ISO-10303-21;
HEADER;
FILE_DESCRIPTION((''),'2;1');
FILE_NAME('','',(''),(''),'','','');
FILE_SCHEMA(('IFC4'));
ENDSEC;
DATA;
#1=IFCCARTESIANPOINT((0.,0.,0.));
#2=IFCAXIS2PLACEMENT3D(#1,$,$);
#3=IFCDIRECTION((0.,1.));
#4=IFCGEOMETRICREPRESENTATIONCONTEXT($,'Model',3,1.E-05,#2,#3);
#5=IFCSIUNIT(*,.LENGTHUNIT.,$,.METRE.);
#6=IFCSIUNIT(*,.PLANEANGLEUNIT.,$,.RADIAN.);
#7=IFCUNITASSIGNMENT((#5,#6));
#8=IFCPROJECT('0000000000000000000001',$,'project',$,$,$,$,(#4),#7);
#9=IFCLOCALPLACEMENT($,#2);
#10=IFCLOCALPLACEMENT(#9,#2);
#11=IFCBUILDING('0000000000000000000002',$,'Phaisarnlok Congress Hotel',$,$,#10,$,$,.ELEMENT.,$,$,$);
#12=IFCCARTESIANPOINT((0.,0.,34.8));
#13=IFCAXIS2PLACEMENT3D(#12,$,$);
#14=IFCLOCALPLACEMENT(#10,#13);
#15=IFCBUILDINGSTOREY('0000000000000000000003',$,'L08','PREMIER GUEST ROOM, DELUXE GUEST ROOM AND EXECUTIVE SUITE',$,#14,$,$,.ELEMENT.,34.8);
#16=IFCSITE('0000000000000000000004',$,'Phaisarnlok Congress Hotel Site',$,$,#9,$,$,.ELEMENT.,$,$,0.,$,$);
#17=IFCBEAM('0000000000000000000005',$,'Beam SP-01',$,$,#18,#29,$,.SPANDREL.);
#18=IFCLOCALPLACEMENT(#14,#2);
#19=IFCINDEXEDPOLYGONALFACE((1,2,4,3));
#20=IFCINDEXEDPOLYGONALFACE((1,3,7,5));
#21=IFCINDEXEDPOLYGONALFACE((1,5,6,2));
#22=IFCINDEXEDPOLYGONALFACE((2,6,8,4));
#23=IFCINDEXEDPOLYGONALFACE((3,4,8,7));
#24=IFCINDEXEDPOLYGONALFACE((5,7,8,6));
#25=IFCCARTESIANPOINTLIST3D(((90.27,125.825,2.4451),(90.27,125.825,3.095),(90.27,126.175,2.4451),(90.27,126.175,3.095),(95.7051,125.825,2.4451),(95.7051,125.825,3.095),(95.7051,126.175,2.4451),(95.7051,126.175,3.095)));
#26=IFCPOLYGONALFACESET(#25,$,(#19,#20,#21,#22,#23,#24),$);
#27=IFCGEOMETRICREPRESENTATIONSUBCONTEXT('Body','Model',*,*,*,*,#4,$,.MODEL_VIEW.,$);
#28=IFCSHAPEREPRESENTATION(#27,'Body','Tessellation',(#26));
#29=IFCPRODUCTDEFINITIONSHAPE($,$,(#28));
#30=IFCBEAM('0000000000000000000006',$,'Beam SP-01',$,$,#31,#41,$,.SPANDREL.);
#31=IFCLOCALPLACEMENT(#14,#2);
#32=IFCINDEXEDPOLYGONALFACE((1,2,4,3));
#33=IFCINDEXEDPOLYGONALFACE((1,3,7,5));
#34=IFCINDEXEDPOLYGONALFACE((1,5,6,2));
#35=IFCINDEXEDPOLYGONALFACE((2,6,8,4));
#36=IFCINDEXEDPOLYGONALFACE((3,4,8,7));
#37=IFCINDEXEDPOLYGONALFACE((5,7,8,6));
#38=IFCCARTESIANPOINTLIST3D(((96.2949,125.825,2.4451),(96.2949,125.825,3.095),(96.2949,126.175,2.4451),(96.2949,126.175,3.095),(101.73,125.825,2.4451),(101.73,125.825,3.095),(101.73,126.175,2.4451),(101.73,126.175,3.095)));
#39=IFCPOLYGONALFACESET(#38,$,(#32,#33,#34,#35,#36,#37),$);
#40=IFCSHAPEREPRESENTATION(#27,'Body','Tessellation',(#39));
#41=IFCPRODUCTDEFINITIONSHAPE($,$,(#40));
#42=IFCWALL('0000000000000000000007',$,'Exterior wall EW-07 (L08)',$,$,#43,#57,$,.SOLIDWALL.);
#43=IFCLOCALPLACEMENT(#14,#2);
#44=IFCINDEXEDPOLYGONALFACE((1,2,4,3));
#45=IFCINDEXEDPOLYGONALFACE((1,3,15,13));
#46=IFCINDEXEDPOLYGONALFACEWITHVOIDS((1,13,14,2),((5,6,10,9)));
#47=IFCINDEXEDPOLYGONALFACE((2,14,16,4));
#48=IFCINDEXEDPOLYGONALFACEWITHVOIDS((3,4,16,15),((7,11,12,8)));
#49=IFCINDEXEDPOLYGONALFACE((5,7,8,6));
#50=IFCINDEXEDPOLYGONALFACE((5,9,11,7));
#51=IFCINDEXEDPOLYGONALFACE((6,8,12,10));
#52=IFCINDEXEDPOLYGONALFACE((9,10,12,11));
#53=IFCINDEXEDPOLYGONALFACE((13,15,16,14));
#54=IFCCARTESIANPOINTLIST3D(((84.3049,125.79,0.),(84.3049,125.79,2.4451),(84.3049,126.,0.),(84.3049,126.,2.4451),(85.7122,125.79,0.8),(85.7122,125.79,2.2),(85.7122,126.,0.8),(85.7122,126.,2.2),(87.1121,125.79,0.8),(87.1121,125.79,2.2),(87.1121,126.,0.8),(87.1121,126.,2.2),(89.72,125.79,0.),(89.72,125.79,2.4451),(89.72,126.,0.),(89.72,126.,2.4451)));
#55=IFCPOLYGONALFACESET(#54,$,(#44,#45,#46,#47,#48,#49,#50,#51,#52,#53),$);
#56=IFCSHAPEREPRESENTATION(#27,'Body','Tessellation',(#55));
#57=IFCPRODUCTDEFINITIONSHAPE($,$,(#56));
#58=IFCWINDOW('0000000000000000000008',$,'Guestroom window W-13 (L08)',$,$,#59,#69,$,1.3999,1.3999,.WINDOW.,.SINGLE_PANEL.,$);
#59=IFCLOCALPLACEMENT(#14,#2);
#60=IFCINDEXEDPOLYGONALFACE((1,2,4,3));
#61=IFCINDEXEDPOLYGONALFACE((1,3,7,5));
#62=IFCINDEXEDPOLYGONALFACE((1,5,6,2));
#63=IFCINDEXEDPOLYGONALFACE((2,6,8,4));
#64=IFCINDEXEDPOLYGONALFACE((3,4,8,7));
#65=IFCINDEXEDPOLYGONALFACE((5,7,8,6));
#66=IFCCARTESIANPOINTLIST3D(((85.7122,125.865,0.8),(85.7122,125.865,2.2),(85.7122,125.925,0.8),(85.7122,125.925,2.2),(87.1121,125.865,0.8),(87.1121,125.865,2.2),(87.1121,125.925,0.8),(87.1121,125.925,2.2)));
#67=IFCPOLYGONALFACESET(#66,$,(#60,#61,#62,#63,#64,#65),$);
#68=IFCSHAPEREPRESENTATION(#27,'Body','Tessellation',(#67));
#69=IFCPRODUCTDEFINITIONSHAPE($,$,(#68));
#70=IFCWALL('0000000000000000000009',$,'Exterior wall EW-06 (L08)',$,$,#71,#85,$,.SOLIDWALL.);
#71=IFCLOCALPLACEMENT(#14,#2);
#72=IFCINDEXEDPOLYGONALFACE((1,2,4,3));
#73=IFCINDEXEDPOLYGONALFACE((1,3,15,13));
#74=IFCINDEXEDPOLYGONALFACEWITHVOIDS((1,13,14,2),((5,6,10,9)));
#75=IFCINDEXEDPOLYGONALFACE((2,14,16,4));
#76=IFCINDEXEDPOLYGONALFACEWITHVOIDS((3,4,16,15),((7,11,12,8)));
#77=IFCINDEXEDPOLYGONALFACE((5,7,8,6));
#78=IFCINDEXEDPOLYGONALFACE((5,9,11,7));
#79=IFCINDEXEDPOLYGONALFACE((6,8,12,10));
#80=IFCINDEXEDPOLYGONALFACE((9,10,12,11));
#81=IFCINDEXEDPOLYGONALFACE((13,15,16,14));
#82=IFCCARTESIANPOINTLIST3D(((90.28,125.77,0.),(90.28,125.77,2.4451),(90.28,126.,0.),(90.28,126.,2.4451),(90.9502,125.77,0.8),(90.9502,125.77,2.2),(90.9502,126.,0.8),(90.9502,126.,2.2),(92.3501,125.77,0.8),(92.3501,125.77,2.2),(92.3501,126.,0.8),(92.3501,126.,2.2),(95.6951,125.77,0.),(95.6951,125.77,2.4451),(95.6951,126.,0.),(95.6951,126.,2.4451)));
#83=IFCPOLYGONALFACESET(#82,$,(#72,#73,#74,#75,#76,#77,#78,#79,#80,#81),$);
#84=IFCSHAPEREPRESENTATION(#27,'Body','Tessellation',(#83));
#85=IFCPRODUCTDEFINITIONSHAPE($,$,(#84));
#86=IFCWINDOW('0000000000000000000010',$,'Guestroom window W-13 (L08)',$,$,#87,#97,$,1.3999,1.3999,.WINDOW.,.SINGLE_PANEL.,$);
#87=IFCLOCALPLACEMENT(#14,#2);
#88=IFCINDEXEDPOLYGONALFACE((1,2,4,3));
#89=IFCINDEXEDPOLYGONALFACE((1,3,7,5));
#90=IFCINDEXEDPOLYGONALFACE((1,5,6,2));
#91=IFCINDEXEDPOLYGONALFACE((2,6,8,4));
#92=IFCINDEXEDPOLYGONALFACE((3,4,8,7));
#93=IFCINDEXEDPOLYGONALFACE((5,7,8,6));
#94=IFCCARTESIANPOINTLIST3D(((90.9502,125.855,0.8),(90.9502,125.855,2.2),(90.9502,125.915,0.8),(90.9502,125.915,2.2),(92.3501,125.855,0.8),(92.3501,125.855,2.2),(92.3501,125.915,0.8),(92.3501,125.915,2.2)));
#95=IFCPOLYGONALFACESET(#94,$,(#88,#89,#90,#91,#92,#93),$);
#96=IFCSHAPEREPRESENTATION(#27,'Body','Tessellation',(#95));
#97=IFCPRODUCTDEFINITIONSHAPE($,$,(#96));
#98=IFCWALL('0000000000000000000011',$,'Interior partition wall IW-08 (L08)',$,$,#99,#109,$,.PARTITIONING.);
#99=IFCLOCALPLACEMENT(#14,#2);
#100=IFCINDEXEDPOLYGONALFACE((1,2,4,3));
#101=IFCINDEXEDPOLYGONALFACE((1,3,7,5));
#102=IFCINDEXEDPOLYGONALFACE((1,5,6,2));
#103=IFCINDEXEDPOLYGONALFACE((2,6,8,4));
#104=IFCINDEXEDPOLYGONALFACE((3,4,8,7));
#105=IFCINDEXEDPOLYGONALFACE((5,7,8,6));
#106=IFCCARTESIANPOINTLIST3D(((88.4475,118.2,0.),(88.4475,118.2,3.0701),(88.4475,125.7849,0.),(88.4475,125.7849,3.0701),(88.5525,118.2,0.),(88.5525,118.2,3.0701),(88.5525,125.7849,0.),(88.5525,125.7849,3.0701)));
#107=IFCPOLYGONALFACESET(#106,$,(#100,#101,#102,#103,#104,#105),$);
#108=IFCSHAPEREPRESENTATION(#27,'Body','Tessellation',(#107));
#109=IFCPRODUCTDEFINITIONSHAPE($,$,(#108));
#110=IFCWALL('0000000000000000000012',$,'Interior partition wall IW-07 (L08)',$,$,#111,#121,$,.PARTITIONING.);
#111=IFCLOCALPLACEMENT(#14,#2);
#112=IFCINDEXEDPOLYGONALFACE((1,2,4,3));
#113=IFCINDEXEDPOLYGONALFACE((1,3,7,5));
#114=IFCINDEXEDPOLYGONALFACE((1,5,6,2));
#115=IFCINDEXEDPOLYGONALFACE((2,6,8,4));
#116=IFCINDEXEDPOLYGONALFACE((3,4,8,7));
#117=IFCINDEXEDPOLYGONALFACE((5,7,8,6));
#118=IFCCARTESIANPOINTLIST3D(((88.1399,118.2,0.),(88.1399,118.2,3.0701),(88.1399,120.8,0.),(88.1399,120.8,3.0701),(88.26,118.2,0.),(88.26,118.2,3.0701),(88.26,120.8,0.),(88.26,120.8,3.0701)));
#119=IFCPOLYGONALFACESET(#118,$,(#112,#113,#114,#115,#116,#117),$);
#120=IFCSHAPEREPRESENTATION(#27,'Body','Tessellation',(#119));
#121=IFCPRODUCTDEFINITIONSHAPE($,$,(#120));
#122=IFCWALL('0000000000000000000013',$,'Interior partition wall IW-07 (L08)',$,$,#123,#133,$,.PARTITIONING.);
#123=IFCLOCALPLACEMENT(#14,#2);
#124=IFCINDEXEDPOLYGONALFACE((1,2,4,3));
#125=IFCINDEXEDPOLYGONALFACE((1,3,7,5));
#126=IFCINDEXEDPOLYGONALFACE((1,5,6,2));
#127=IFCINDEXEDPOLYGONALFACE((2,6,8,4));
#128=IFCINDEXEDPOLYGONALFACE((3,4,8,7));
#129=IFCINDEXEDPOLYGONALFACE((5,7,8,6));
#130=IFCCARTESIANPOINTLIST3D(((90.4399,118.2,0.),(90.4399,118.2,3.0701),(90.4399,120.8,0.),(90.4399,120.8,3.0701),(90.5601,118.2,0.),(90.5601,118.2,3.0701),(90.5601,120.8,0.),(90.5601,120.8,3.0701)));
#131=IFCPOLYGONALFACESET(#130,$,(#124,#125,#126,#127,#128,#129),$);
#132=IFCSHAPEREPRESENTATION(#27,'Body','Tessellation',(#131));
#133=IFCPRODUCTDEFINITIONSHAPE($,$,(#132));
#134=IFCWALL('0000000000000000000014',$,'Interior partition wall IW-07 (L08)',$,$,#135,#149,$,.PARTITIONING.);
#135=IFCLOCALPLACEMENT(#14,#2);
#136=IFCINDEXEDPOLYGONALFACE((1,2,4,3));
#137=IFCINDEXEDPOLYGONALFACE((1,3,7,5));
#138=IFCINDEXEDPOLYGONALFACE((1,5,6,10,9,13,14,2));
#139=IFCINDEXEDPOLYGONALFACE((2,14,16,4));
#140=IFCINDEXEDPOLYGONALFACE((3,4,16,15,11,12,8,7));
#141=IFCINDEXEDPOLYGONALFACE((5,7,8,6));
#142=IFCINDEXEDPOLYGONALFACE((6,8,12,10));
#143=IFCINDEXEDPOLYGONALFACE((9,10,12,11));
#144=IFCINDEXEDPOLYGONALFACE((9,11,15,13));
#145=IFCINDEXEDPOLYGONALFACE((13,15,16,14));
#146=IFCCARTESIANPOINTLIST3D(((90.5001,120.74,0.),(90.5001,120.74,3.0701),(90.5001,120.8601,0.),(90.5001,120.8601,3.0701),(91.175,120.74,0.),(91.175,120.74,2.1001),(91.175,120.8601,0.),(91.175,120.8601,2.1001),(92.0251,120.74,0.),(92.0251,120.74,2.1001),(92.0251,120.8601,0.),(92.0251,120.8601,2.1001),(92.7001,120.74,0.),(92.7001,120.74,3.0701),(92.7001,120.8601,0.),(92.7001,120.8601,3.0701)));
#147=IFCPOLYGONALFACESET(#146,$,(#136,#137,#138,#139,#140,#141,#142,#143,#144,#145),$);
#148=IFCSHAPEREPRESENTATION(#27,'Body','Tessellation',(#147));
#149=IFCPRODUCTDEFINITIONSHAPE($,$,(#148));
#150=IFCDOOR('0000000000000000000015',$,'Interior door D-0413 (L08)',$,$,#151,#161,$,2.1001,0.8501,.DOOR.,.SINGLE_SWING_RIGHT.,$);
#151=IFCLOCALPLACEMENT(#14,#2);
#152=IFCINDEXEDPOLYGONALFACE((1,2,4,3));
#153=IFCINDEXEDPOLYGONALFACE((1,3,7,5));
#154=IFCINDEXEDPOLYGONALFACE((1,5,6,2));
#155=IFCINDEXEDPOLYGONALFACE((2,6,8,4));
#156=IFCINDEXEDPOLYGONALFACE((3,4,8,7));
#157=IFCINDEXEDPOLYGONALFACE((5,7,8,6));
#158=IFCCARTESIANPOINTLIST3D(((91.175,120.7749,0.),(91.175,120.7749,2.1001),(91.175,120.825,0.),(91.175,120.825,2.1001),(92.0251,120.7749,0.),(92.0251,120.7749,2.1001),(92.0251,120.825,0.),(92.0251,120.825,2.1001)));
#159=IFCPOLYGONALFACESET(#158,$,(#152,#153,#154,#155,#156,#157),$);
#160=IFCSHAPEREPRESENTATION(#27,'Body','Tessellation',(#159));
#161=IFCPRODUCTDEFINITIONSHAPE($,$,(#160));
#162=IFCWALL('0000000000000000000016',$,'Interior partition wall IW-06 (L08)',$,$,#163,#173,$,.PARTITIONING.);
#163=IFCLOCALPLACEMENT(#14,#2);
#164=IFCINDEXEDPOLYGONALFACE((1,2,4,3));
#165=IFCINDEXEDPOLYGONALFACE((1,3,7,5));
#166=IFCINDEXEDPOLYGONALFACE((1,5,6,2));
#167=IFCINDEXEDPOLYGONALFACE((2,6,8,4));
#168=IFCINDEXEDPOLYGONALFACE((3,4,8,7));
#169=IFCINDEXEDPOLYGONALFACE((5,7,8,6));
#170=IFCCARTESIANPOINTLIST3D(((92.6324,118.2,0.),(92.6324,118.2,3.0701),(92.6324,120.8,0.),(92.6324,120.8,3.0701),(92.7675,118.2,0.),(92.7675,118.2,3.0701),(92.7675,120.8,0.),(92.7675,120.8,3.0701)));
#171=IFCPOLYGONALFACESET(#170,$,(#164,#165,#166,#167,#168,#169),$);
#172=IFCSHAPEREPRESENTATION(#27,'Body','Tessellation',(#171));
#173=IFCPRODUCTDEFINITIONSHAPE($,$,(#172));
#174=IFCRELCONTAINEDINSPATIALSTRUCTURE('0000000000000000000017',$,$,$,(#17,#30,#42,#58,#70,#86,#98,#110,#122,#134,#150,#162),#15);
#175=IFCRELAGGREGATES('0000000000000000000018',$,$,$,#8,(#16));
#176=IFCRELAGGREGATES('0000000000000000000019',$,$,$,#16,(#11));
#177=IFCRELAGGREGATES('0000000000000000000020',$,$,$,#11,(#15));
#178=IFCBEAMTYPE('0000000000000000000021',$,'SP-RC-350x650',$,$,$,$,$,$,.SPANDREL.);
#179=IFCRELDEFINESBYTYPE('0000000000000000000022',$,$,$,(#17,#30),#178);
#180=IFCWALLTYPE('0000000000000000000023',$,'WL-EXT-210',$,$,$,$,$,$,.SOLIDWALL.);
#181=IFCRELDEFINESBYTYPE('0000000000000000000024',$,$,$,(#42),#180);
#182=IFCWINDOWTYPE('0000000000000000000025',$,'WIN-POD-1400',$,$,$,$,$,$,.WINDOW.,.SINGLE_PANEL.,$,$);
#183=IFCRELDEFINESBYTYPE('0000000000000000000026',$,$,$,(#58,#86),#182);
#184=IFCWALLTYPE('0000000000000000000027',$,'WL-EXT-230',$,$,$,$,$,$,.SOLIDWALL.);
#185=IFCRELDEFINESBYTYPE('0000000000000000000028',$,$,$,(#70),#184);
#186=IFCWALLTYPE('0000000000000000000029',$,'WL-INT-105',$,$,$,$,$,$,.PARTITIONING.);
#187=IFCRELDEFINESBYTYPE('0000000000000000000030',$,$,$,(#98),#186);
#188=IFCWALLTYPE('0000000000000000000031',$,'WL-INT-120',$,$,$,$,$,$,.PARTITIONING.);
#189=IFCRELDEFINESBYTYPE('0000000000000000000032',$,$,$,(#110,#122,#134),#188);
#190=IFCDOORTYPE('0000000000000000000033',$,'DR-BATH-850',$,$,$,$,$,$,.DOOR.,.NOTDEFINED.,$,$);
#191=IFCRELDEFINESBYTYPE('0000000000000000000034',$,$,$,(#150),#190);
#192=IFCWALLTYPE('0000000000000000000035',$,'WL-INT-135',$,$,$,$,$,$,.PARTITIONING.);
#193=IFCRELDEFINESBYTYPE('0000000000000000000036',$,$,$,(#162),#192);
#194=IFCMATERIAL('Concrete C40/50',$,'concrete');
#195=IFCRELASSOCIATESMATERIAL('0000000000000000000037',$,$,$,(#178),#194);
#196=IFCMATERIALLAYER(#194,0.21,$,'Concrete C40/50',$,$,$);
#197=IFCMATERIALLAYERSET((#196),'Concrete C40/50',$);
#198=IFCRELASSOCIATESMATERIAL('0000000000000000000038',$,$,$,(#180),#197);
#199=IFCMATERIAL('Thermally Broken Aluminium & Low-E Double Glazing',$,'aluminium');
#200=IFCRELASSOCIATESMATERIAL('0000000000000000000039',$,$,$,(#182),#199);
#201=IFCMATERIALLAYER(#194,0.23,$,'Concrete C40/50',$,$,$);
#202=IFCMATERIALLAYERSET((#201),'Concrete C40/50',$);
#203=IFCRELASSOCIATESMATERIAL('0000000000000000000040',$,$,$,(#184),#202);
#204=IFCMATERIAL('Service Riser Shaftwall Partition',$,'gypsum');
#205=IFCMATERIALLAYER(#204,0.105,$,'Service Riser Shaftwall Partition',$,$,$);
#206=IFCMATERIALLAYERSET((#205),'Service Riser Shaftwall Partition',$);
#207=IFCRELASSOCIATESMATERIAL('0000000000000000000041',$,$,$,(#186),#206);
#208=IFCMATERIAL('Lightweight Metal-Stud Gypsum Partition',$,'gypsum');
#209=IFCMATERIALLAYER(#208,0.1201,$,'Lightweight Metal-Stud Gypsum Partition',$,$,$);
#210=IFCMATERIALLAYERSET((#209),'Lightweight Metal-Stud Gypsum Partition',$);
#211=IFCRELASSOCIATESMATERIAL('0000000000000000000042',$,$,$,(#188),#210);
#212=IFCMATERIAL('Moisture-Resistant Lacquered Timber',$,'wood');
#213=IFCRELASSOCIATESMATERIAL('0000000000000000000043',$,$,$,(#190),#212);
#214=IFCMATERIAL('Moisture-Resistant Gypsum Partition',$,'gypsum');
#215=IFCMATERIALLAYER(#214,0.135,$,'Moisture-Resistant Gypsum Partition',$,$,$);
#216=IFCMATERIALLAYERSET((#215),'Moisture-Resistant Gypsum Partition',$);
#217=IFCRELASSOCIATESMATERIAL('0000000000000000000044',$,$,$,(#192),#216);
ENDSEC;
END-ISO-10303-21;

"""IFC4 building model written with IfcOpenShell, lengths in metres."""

from ifc_helpers import new_model, si_unit, direction, frame, frame_2d, origin, origin_2d, place, context, subcontext, project, spatial, rectangle, extrude, material, layer, layer_set, material_profile, profile_set, type_object, element, fill, save


model = new_model("IFC4")

# Units and contexts
model_context = context("Model", 3, precision=1e-05, world=origin(), true_north=direction((0.0, 1.0)))
body_context = subcontext(model_context, "Body", "Model", "MODEL_VIEW")
ifc_project = project(units=[si_unit("LENGTHUNIT", "METRE"), si_unit("PLANEANGLEUNIT", "RADIAN")], contexts=[model_context])

# Site, building, storey
site_placement = place(None, origin())
site = spatial("IfcSite", under=ifc_project, at=site_placement, Name="Phaisarnlok Congress Hotel Site", CompositionType="ELEMENT", RefElevation=0.0)
building_placement = place(site_placement, origin())
building = spatial("IfcBuilding", under=site, at=building_placement, Name="Phaisarnlok Congress Hotel", CompositionType="ELEMENT")
storey_placement = place(building_placement, frame((0.0, 0.0, 34.8)))
storey = spatial("IfcBuildingStorey", under=building, at=storey_placement, Name="L08", Description="PREMIER GUEST ROOM, DELUXE GUEST ROOM AND EXECUTIVE SUITE", CompositionType="ELEMENT", Elevation=34.8)

# Beams
ifc_material_1 = material(Name="Concrete C40/50", Category="concrete")
ifc_material_profile_1 = material_profile(ifc_material_1, rectangle(XDim=0.3501, YDim=0.6499, at=origin_2d()), Name="RC 350x650")
ifc_profile_set_1 = profile_set([ifc_material_profile_1], Name="Concrete C40/50")
beam_type_1 = type_object("IfcBeamType", Name="SP-RC-350x650", PredefinedType="SPANDREL", material=ifc_profile_set_1)
for number, where, z_axis, x_axis, name in (
    (1, (90.27, 126.0, 2.77), (1.0, 0.0, 0.0), (0.0, 1.0, 0.0), "Beam SP-01"),
    (2, (96.2949, 126.0, 2.77), (1.0, 0.0, 0.0), (0.0, 1.0, 0.0), "Beam SP-01"),
):
    element("IfcBeam", number, at=place(storey_placement, frame(where, z_axis=z_axis, x_axis=x_axis)), inside=storey, type_object=beam_type_1, Name=name, PredefinedType="SPANDREL", context=body_context, shape_type="SweptSolid", body=[
        extrude(rectangle(XDim=0.3501, YDim=0.6499, at=origin_2d()), origin(), (0.0, 0.0, 1.0), 5.4351),
    ])

# Walls, openings, windows
ifc_layer_1 = layer(ifc_material_1, 0.21, Name="Concrete C40/50")
ifc_layer_set_1 = layer_set([ifc_layer_1], Name="Concrete C40/50")
wall_type_1 = type_object("IfcWallType", Name="WL-EXT-210", PredefinedType="SOLIDWALL", material=ifc_layer_set_1)
wall_1_placement = place(storey_placement, frame((89.72, 125.895, 0.0), z_axis=(0.0, 0.0, 1.0), x_axis=(-1.0, 0.0, 0.0)))
wall_1 = element("IfcWall", 3, at=wall_1_placement, inside=storey, type_object=wall_type_1, Name="Exterior wall EW-07 (L08)", PredefinedType="SOLIDWALL", context=body_context, shape_type="SweptSolid", body=[
    extrude(rectangle(XDim=5.415, YDim=0.21, at=frame_2d((2.7075, 0.0))), origin(), (0.0, 0.0, 1.0), 2.4451),
])
opening_1_placement = place(wall_1_placement, frame((2.6079, 0.0, 0.8)))
opening_1 = element("IfcOpeningElement", 4, at=opening_1_placement, cuts=wall_1, PredefinedType="OPENING", context=body_context, shape_type="SweptSolid", body=[
    extrude(rectangle(XDim=1.3999, YDim=1.3999, at=frame_2d((0.7, 0.7))), frame((0.0, 0.115, 0.0), z_axis=(0.0, -1.0, 0.0), x_axis=(1.0, 0.0, 0.0)), (0.0, 0.0, 1.0), 0.23),
])
ifc_material_2 = material(Name="Thermally Broken Aluminium & Low-E Double Glazing", Category="aluminium")
window_type = type_object("IfcWindowType", Name="WIN-POD-1400", PartitioningType="SINGLE_PANEL", PredefinedType="WINDOW", material=ifc_material_2)
window_1_placement = place(opening_1_placement, origin())
window_1 = element("IfcWindow", 5, at=window_1_placement, inside=storey, type_object=window_type, Name="Guestroom window W-13 (L08)", OverallHeight=1.3999, OverallWidth=1.3999, PartitioningType="SINGLE_PANEL", PredefinedType="WINDOW", context=body_context, shape_type="SweptSolid", body=[
    extrude(rectangle(XDim=1.3999, YDim=1.3999, at=frame_2d((0.7, 0.7))), frame((0.0, 0.03, 0.0), z_axis=(0.0, -1.0, 0.0), x_axis=(1.0, 0.0, 0.0)), (0.0, 0.0, 1.0), 0.0601),
])
fill(opening_1, window_1)
ifc_layer_2 = layer(ifc_material_1, 0.23, Name="Concrete C40/50")
ifc_layer_set_2 = layer_set([ifc_layer_2], Name="Concrete C40/50")
wall_type_2 = type_object("IfcWallType", Name="WL-EXT-230", PredefinedType="SOLIDWALL", material=ifc_layer_set_2)
wall_2_placement = place(storey_placement, frame((95.6951, 125.885, 0.0), z_axis=(0.0, 0.0, 1.0), x_axis=(-1.0, 0.0, 0.0)))
wall_2 = element("IfcWall", 6, at=wall_2_placement, inside=storey, type_object=wall_type_2, Name="Exterior wall EW-06 (L08)", PredefinedType="SOLIDWALL", context=body_context, shape_type="SweptSolid", body=[
    extrude(rectangle(XDim=5.415, YDim=0.23, at=frame_2d((2.7075, 0.0))), origin(), (0.0, 0.0, 1.0), 2.4451),
])
opening_2_placement = place(wall_2_placement, frame((3.345, 0.0, 0.8)))
opening_2 = element("IfcOpeningElement", 7, at=opening_2_placement, cuts=wall_2, PredefinedType="OPENING", context=body_context, shape_type="SweptSolid", body=[
    extrude(rectangle(XDim=1.3999, YDim=1.3999, at=frame_2d((0.7, 0.7))), frame((0.0, 0.125, 0.0), z_axis=(0.0, -1.0, 0.0), x_axis=(1.0, 0.0, 0.0)), (0.0, 0.0, 1.0), 0.25),
])
window_2_placement = place(opening_2_placement, origin())
window_2 = element("IfcWindow", 8, at=window_2_placement, inside=storey, type_object=window_type, Name="Guestroom window W-13 (L08)", OverallHeight=1.3999, OverallWidth=1.3999, PartitioningType="SINGLE_PANEL", PredefinedType="WINDOW", context=body_context, shape_type="SweptSolid", body=[
    extrude(rectangle(XDim=1.3999, YDim=1.3999, at=frame_2d((0.7, 0.7))), frame((0.0, 0.03, 0.0), z_axis=(0.0, -1.0, 0.0), x_axis=(1.0, 0.0, 0.0)), (0.0, 0.0, 1.0), 0.0601),
])
fill(opening_2, window_2)

# Walls
ifc_material_3 = material(Name="Service Riser Shaftwall Partition", Category="gypsum")
ifc_layer_3 = layer(ifc_material_3, 0.105, Name="Service Riser Shaftwall Partition")
ifc_layer_set_3 = layer_set([ifc_layer_3], Name="Service Riser Shaftwall Partition")
wall_type_3 = type_object("IfcWallType", Name="WL-INT-105", PredefinedType="PARTITIONING", material=ifc_layer_set_3)
wall_3_placement = place(storey_placement, frame((88.5, 118.2, 0.0), z_axis=(0.0, 0.0, 1.0), x_axis=(0.0, 1.0, 0.0)))
element("IfcWall", 9, at=wall_3_placement, inside=storey, type_object=wall_type_3, Name="Interior partition wall IW-08 (L08)", PredefinedType="PARTITIONING", context=body_context, shape_type="SweptSolid", body=[
    extrude(rectangle(XDim=7.585, YDim=0.105, at=frame_2d((3.7925, 0.0))), origin(), (0.0, 0.0, 1.0), 3.0701),
])
ifc_material_4 = material(Name="Lightweight Metal-Stud Gypsum Partition", Category="gypsum")
ifc_layer_4 = layer(ifc_material_4, 0.1201, Name="Lightweight Metal-Stud Gypsum Partition")
ifc_layer_set_4 = layer_set([ifc_layer_4], Name="Lightweight Metal-Stud Gypsum Partition")
wall_type_4 = type_object("IfcWallType", Name="WL-INT-120", PredefinedType="PARTITIONING", material=ifc_layer_set_4)
for number, where, z_axis, x_axis, name in (
    (10, (88.2, 118.2, 0.0), (0.0, 0.0, 1.0), (0.0, 1.0, 0.0), "Interior partition wall IW-07 (L08)"),
    (11, (90.5, 118.2, 0.0), (0.0, 0.0, 1.0), (0.0, 1.0, 0.0), "Interior partition wall IW-07 (L08)"),
):
    element("IfcWall", number, at=place(storey_placement, frame(where, z_axis=z_axis, x_axis=x_axis)), inside=storey, type_object=wall_type_4, Name=name, PredefinedType="PARTITIONING", context=body_context, shape_type="SweptSolid", body=[
        extrude(rectangle(XDim=2.6001, YDim=0.1201, at=frame_2d((1.3, 0.0))), origin(), (0.0, 0.0, 1.0), 3.0701),
    ])

# Wall, opening, door
wall_4_placement = place(storey_placement, frame((90.5, 120.8, 0.0), z_axis=(0.0, 0.0, 1.0), x_axis=(1.0, 0.0, 0.0)))
wall_4 = element("IfcWall", 12, at=wall_4_placement, inside=storey, type_object=wall_type_4, Name="Interior partition wall IW-07 (L08)", PredefinedType="PARTITIONING", context=body_context, shape_type="SweptSolid", body=[
    extrude(rectangle(XDim=2.2, YDim=0.1201, at=frame_2d((1.1001, 0.0))), origin(), (0.0, 0.0, 1.0), 3.0701),
])
opening_3_placement = place(wall_4_placement, frame((0.675, 0.0, 0.0)))
opening_3 = element("IfcOpeningElement", 13, at=opening_3_placement, cuts=wall_4, PredefinedType="OPENING", context=body_context, shape_type="SweptSolid", body=[
    extrude(rectangle(XDim=0.8501, YDim=2.1001, at=frame_2d((0.425, 1.05))), frame((0.0, 0.0701, 0.0), z_axis=(0.0, -1.0, 0.0), x_axis=(1.0, 0.0, 0.0)), (0.0, 0.0, 1.0), 0.1401),
])
ifc_material_5 = material(Name="Moisture-Resistant Lacquered Timber", Category="wood")
door_type = type_object("IfcDoorType", Name="DR-BATH-850", OperationType="NOTDEFINED", PredefinedType="DOOR", material=ifc_material_5)
door_1_placement = place(opening_3_placement, origin())
door_1 = element("IfcDoor", 14, at=door_1_placement, inside=storey, type_object=door_type, Name="Interior door D-0413 (L08)", OperationType="SINGLE_SWING_RIGHT", OverallHeight=2.1001, OverallWidth=0.8501, PredefinedType="DOOR", context=body_context, shape_type="SweptSolid", body=[
    extrude(rectangle(XDim=0.8501, YDim=2.1001, at=frame_2d((0.425, 1.05))), frame((0.0, 0.0249, 0.0), z_axis=(0.0, -1.0, 0.0), x_axis=(1.0, 0.0, 0.0)), (0.0, 0.0, 1.0), 0.05),
])
fill(opening_3, door_1)

# Wall
ifc_material_6 = material(Name="Moisture-Resistant Gypsum Partition", Category="gypsum")
ifc_layer_5 = layer(ifc_material_6, 0.135, Name="Moisture-Resistant Gypsum Partition")
ifc_layer_set_5 = layer_set([ifc_layer_5], Name="Moisture-Resistant Gypsum Partition")
wall_type_5 = type_object("IfcWallType", Name="WL-INT-135", PredefinedType="PARTITIONING", material=ifc_layer_set_5)
for number, where, z_axis, x_axis, name in (
    (15, (92.7, 118.2, 0.0), (0.0, 0.0, 1.0), (0.0, 1.0, 0.0), "Interior partition wall IW-06 (L08)"),
):
    element("IfcWall", number, at=place(storey_placement, frame(where, z_axis=z_axis, x_axis=x_axis)), inside=storey, type_object=wall_type_5, Name=name, PredefinedType="PARTITIONING", context=body_context, shape_type="SweptSolid", body=[
        extrude(rectangle(XDim=2.6001, YDim=0.135, at=frame_2d((1.3, 0.0))), origin(), (0.0, 0.0, 1.0), 3.0701),
    ])

save(model, "model.ifc")
